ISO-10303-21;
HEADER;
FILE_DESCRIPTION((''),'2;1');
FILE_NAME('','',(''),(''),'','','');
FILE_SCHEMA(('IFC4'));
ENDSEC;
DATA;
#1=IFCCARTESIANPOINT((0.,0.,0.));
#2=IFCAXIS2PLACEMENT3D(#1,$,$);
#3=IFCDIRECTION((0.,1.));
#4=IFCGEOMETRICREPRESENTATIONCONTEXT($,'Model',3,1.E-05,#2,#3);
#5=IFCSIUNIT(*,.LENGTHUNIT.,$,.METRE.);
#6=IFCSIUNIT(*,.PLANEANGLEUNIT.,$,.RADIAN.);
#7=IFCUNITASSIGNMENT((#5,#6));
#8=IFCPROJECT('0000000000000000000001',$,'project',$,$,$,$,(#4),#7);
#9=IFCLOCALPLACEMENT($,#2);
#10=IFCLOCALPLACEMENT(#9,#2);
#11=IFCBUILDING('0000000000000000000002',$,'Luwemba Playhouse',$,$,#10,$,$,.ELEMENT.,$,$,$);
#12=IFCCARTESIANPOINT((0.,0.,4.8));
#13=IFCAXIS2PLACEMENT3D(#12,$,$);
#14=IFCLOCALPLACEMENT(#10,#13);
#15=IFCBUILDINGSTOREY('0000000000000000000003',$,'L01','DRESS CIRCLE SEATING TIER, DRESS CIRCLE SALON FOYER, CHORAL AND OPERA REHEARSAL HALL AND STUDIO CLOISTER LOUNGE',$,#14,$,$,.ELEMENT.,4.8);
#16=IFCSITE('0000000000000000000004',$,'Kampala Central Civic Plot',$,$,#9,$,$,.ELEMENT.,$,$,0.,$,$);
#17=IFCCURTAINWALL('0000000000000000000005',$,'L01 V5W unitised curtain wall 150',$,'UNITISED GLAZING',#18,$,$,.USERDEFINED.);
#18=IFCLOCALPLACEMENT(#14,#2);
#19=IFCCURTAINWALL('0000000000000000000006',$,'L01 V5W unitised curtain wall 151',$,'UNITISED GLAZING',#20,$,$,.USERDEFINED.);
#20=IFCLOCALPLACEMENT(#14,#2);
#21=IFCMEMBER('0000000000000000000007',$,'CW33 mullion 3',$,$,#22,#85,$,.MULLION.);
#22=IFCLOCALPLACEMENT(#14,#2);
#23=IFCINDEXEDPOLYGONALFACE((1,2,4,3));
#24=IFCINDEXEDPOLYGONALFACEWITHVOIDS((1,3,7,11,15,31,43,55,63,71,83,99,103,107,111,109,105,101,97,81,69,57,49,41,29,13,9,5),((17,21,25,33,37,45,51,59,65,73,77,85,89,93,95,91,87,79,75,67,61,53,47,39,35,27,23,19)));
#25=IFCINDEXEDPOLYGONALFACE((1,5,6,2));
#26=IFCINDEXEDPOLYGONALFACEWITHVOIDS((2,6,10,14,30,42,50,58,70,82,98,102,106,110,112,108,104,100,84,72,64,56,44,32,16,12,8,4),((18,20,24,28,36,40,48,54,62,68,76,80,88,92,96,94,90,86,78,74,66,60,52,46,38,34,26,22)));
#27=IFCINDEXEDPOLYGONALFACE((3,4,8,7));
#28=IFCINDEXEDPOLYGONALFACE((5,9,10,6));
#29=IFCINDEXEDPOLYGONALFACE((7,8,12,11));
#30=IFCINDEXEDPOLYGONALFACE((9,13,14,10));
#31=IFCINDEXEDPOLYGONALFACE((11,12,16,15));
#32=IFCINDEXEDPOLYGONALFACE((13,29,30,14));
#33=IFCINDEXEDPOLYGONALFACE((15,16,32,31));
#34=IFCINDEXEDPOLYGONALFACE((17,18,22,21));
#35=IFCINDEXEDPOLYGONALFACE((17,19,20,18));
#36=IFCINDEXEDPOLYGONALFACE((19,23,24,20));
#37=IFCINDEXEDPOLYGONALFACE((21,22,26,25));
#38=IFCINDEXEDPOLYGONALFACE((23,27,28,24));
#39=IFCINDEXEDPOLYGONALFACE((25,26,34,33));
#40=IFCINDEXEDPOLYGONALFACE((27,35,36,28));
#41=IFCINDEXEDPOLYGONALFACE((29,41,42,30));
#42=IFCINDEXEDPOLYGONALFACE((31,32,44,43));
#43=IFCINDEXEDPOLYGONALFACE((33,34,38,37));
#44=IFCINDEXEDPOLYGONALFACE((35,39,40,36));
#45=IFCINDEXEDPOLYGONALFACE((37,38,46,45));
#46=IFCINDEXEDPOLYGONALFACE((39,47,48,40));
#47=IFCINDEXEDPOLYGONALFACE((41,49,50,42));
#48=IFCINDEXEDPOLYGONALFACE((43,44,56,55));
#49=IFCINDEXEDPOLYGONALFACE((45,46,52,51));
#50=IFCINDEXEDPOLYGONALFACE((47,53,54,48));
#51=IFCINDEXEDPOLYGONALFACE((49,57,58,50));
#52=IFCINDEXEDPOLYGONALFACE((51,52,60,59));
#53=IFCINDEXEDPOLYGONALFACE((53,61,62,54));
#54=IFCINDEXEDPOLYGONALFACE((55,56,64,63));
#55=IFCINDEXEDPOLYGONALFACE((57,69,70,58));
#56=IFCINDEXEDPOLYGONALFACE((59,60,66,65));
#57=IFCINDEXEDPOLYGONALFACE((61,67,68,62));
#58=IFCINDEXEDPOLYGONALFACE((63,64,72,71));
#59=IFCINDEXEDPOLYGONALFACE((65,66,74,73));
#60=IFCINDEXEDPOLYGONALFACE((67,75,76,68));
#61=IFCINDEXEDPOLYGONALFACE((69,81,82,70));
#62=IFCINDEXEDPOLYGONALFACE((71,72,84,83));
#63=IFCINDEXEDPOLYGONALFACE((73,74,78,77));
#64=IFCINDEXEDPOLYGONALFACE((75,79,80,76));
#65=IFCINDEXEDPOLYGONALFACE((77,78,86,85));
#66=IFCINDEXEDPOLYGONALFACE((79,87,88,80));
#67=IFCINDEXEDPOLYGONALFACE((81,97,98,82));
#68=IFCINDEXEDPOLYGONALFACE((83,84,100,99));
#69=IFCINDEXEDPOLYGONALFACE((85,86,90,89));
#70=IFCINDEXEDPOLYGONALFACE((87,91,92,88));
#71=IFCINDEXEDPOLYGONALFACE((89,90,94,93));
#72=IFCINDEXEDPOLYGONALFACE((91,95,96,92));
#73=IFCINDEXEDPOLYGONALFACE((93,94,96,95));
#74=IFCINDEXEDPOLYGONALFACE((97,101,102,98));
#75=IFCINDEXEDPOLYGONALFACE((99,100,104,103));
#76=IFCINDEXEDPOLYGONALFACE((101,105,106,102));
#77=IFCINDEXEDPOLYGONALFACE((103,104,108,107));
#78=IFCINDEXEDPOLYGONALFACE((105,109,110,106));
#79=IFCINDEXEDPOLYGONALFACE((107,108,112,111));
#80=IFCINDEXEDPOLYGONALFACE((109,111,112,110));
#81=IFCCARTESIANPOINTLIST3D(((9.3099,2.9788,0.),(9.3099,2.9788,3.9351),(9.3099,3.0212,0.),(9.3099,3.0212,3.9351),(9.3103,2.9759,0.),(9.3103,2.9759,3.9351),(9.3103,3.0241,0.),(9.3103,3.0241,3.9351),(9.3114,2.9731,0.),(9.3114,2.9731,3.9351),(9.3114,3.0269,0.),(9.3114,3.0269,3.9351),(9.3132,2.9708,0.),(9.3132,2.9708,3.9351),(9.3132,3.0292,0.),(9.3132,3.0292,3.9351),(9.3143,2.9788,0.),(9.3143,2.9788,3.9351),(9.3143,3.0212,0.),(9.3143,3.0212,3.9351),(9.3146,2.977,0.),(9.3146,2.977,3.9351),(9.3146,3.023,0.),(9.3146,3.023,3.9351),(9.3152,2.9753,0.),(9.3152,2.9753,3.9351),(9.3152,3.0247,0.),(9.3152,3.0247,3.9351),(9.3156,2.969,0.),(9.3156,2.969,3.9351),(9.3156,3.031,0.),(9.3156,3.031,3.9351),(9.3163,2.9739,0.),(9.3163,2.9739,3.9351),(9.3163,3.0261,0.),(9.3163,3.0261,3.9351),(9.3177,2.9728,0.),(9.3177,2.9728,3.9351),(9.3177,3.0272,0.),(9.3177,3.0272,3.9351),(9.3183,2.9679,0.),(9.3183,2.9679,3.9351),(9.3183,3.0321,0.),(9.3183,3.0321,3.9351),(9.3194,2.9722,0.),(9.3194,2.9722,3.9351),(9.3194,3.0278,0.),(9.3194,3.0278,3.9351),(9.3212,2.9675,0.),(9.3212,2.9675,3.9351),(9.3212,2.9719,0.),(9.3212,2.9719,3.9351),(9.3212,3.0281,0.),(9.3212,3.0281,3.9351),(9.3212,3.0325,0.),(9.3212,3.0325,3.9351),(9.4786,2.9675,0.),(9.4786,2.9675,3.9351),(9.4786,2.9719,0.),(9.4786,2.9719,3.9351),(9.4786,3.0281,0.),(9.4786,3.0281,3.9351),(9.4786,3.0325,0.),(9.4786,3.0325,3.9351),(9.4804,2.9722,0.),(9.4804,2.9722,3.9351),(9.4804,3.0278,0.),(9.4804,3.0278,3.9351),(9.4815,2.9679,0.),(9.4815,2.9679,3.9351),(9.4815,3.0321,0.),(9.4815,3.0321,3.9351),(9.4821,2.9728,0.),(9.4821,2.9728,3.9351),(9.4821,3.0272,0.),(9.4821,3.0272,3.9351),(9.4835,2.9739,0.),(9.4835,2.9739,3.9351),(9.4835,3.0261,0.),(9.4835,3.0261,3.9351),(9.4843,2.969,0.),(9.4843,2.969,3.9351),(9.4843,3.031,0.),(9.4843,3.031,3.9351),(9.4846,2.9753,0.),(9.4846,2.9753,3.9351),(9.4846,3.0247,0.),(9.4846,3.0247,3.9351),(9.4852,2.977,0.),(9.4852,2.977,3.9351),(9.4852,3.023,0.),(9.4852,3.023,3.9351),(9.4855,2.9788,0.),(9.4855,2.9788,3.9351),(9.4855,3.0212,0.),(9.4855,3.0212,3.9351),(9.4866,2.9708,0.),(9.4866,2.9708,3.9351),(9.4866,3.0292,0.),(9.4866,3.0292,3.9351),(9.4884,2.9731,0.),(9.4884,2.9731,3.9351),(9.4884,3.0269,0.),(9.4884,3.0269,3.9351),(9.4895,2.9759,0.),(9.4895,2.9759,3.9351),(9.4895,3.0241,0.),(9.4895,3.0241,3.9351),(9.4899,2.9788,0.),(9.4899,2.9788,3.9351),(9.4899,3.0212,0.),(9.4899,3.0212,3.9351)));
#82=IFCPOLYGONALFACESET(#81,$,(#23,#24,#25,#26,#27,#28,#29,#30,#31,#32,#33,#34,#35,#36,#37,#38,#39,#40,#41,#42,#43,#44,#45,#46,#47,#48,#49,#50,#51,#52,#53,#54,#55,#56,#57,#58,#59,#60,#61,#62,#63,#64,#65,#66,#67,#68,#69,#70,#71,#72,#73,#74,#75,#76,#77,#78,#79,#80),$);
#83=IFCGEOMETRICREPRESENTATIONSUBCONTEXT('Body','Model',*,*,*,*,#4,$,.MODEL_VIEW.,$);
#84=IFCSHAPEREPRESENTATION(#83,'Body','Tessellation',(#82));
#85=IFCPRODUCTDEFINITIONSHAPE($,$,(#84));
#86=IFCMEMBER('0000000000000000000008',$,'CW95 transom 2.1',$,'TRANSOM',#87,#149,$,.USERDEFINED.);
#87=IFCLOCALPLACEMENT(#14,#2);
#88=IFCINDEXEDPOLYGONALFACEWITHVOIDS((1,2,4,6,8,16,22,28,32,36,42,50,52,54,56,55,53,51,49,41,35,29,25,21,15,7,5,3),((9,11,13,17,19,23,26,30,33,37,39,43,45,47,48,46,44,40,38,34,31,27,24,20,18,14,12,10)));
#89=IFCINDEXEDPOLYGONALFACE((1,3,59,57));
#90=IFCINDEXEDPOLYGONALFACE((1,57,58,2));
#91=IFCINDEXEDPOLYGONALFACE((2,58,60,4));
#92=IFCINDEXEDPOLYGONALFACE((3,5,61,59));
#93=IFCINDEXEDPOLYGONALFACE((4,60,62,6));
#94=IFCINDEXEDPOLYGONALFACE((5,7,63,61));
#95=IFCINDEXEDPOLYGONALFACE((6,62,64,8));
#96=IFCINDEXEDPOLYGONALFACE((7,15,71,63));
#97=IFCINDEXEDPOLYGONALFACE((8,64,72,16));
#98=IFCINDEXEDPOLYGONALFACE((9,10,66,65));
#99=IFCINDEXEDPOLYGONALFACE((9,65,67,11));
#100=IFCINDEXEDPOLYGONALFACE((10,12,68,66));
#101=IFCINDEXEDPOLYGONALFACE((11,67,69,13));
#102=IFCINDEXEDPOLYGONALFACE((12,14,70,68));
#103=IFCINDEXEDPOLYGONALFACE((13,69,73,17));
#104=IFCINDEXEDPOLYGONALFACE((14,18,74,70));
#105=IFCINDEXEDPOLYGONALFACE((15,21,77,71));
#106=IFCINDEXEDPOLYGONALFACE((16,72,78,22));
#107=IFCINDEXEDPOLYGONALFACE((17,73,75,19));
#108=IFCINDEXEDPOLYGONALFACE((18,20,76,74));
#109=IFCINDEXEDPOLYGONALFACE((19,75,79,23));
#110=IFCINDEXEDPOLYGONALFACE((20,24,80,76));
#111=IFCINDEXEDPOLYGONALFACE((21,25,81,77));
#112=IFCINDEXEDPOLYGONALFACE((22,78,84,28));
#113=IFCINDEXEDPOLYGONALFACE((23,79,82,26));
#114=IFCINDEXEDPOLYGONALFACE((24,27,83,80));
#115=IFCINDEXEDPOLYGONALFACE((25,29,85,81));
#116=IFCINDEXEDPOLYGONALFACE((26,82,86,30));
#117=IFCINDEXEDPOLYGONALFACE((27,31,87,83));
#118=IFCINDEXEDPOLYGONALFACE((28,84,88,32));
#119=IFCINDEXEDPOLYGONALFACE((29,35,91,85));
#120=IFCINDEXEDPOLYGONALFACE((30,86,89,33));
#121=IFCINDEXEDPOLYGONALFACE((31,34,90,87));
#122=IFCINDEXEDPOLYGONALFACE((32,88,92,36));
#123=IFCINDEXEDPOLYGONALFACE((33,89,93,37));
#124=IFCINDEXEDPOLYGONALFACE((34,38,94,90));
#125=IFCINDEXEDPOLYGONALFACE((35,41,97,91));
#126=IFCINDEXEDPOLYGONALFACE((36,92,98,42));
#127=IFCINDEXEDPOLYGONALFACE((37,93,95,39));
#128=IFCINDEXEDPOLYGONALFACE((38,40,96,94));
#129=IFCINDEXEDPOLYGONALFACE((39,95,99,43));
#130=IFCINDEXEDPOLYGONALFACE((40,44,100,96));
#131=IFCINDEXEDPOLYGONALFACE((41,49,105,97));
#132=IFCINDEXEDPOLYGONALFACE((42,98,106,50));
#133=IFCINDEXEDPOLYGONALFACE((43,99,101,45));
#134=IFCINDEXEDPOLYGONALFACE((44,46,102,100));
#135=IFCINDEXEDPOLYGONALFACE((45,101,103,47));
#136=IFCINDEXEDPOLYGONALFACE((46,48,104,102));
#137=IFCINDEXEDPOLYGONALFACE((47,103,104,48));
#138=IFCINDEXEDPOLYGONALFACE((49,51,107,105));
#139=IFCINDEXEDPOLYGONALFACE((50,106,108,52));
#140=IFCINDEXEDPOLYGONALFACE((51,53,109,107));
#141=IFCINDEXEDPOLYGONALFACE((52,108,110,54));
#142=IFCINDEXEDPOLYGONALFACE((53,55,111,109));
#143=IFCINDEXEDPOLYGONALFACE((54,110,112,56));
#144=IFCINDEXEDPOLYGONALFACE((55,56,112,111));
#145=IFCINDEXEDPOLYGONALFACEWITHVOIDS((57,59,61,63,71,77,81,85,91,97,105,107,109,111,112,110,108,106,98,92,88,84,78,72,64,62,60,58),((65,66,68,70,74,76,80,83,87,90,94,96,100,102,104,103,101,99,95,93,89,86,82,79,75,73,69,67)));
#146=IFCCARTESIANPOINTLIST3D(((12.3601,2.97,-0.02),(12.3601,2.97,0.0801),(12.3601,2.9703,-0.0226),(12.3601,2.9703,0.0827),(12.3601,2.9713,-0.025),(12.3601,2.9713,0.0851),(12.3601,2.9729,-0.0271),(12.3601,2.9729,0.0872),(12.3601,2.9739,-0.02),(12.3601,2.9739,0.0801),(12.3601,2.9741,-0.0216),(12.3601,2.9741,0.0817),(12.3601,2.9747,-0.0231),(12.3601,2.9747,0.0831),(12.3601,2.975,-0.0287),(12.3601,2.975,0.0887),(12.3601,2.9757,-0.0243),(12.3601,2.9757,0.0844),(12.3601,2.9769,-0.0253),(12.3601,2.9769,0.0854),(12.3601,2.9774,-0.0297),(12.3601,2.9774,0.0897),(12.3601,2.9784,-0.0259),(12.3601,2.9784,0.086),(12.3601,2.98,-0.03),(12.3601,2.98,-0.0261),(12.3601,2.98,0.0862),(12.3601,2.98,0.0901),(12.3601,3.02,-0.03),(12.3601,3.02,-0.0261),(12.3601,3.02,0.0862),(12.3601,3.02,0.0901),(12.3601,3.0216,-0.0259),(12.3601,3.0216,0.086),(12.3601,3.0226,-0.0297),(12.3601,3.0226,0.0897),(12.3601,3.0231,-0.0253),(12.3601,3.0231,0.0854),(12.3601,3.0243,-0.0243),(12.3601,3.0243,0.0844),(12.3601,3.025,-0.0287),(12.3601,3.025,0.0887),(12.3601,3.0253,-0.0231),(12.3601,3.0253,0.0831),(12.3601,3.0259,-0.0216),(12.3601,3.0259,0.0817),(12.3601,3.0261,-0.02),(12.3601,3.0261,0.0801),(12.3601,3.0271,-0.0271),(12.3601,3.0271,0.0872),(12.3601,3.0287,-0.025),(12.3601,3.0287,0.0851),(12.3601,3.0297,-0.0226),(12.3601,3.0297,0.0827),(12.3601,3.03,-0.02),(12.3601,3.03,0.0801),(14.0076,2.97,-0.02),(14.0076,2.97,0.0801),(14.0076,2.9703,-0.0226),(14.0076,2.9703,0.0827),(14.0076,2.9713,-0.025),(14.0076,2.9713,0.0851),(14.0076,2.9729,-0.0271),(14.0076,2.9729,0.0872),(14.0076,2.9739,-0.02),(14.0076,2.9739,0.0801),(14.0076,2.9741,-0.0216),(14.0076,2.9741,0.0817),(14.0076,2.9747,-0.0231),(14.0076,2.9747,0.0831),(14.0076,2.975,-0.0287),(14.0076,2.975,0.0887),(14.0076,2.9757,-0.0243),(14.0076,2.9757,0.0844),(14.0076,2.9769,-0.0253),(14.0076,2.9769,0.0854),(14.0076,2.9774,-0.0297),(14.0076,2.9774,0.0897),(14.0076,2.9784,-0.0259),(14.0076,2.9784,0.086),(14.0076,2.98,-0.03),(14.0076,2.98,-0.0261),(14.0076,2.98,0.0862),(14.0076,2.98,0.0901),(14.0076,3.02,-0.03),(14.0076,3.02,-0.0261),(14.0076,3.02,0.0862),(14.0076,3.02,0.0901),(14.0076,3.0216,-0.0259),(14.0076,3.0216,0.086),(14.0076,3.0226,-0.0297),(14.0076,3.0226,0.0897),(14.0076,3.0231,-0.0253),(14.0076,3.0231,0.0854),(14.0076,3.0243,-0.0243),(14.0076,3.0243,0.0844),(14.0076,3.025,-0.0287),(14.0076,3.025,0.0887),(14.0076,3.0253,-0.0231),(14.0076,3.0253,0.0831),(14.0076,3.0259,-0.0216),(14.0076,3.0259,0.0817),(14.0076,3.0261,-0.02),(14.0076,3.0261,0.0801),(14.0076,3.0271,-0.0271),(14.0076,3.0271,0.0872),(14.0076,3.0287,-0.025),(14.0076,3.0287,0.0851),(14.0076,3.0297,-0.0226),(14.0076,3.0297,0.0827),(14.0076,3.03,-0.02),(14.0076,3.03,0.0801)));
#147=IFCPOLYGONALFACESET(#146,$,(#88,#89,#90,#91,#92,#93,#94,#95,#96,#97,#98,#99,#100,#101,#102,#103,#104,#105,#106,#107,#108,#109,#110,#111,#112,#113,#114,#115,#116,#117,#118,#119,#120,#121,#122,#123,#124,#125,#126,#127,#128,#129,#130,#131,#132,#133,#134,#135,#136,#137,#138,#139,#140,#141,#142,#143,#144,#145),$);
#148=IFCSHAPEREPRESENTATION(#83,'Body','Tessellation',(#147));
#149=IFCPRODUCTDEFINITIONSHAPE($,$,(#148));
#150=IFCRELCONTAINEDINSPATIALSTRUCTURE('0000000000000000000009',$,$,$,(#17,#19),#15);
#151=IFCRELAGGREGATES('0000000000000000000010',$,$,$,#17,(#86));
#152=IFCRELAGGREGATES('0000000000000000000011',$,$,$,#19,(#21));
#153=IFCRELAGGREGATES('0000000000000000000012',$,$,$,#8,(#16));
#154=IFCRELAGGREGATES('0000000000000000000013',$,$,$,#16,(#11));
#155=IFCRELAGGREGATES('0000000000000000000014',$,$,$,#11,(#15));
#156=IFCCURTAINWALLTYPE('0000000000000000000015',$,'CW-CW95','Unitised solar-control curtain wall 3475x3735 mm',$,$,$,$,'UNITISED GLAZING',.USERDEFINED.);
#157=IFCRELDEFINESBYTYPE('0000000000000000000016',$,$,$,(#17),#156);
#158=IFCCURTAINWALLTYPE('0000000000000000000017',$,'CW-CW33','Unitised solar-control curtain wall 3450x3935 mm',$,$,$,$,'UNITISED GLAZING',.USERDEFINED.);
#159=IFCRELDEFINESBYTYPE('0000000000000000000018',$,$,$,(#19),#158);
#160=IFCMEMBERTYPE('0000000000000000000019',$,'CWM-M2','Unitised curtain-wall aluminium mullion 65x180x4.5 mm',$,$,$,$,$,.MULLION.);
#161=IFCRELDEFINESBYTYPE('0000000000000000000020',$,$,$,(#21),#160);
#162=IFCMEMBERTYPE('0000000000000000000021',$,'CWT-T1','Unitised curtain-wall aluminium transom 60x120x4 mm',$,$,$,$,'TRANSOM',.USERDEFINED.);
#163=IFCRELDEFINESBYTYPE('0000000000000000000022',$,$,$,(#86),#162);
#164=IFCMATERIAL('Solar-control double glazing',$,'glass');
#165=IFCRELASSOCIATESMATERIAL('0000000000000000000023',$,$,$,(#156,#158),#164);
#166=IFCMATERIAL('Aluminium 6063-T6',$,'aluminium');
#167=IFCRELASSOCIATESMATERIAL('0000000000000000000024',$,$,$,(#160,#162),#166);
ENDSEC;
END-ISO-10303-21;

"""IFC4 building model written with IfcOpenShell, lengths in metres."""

from ifc_helpers import new_model, si_unit, direction, frame, origin, origin_2d, place, context, subcontext, project, spatial, hollow_rectangle, extrude, material, material_profile, profile_set, type_object, element, aggregate, save


model = new_model("IFC4")

# Units and contexts
model_context = context("Model", 3, precision=1e-05, world=origin(), true_north=direction((0.0, 1.0)))
body_context = subcontext(model_context, "Body", "Model", "MODEL_VIEW")
ifc_project = project(units=[si_unit("LENGTHUNIT", "METRE"), si_unit("PLANEANGLEUNIT", "RADIAN")], contexts=[model_context])

# Site, building, storey
site_placement = place(None, origin())
site = spatial("IfcSite", under=ifc_project, at=site_placement, Name="Kampala Central Civic Plot", CompositionType="ELEMENT", RefElevation=0.0)
building_placement = place(site_placement, origin())
building = spatial("IfcBuilding", under=site, at=building_placement, Name="Luwemba Playhouse", CompositionType="ELEMENT")
storey_placement = place(building_placement, frame((0.0, 0.0, 4.8)))
storey = spatial("IfcBuildingStorey", under=building, at=storey_placement, Name="L01", Description="DRESS CIRCLE SEATING TIER, DRESS CIRCLE SALON FOYER, CHORAL AND OPERA REHEARSAL HALL AND STUDIO CLOISTER LOUNGE", CompositionType="ELEMENT", Elevation=4.8)

# Curtain wall
ifc_material_1 = material(Name="Solar-control double glazing", Category="glass")
curtain_wall_type_1 = type_object("IfcCurtainWallType", Name="CW-CW95", Description="Unitised solar-control curtain wall 3475x3735 mm", ElementType="UNITISED GLAZING", PredefinedType="USERDEFINED", material=ifc_material_1)
curtain_wall_1_placement = place(storey_placement, origin())
curtain_wall_1 = element("IfcCurtainWall", 1, at=curtain_wall_1_placement, inside=storey, type_object=curtain_wall_type_1, Name="L01 V5W unitised curtain wall 150", ObjectType="UNITISED GLAZING", PredefinedType="USERDEFINED")
ifc_material_2 = material(Name="Aluminium 6063-T6", Category="aluminium")

# Curtain wall, member
curtain_wall_type_2 = type_object("IfcCurtainWallType", Name="CW-CW33", Description="Unitised solar-control curtain wall 3450x3935 mm", ElementType="UNITISED GLAZING", PredefinedType="USERDEFINED", material=ifc_material_1)
curtain_wall_2_placement = place(storey_placement, origin())
curtain_wall_2 = element("IfcCurtainWall", 2, at=curtain_wall_2_placement, inside=storey, type_object=curtain_wall_type_2, Name="L01 V5W unitised curtain wall 151", ObjectType="UNITISED GLAZING", PredefinedType="USERDEFINED")
ifc_material_profile_1 = material_profile(ifc_material_2, hollow_rectangle(XDim=0.0649, YDim=0.1799, WallThickness=0.0044, InnerFilletRadius=0.0068, OuterFilletRadius=0.0112, at=origin_2d()))
ifc_profile_set_1 = profile_set([ifc_material_profile_1], Name="Aluminium 6063-T6")
member_type_1 = type_object("IfcMemberType", Name="CWM-M2", Description="Unitised curtain-wall aluminium mullion 65x180x4.5 mm", PredefinedType="MULLION", material=ifc_profile_set_1)
member_1_placement = place(storey_placement, frame((9.3999, 3.0, 0.0), z_axis=(0.0, 0.0, 1.0), x_axis=(0.0, -1.0, 0.0)))
member_1 = element("IfcMember", 3, at=member_1_placement, type_object=member_type_1, Name="CW33 mullion 3", PredefinedType="MULLION", context=body_context, shape_type="SweptSolid", body=[
    extrude(hollow_rectangle(XDim=0.0649, YDim=0.1799, WallThickness=0.0044, InnerFilletRadius=0.0068, OuterFilletRadius=0.0112, at=origin_2d()), origin(), (0.0, 0.0, 1.0), 3.9351),
])

# Member
ifc_material_profile_2 = material_profile(ifc_material_2, hollow_rectangle(XDim=0.0601, YDim=0.1201, WallThickness=0.0039, InnerFilletRadius=0.0061, OuterFilletRadius=0.01, at=origin_2d()))
ifc_profile_set_2 = profile_set([ifc_material_profile_2], Name="Aluminium 6063-T6")
member_type_2 = type_object("IfcMemberType", Name="CWT-T1", Description="Unitised curtain-wall aluminium transom 60x120x4 mm", ElementType="TRANSOM", PredefinedType="USERDEFINED", material=ifc_profile_set_2)
member_2_placement = place(storey_placement, frame((14.0076, 3.0, 0.03), z_axis=(-1.0, 0.0, 0.0), x_axis=(0.0, -1.0, 0.0)))
member_2 = element("IfcMember", 4, at=member_2_placement, type_object=member_type_2, Name="CW95 transom 2.1", ObjectType="TRANSOM", PredefinedType="USERDEFINED", context=body_context, shape_type="SweptSolid", body=[
    extrude(hollow_rectangle(XDim=0.0601, YDim=0.1201, WallThickness=0.0039, InnerFilletRadius=0.0061, OuterFilletRadius=0.01, at=origin_2d()), origin(), (0.0, 0.0, 1.0), 1.6475),
])

aggregate(curtain_wall_1, [member_2])
aggregate(curtain_wall_2, [member_1])

save(model, "model.ifc")
